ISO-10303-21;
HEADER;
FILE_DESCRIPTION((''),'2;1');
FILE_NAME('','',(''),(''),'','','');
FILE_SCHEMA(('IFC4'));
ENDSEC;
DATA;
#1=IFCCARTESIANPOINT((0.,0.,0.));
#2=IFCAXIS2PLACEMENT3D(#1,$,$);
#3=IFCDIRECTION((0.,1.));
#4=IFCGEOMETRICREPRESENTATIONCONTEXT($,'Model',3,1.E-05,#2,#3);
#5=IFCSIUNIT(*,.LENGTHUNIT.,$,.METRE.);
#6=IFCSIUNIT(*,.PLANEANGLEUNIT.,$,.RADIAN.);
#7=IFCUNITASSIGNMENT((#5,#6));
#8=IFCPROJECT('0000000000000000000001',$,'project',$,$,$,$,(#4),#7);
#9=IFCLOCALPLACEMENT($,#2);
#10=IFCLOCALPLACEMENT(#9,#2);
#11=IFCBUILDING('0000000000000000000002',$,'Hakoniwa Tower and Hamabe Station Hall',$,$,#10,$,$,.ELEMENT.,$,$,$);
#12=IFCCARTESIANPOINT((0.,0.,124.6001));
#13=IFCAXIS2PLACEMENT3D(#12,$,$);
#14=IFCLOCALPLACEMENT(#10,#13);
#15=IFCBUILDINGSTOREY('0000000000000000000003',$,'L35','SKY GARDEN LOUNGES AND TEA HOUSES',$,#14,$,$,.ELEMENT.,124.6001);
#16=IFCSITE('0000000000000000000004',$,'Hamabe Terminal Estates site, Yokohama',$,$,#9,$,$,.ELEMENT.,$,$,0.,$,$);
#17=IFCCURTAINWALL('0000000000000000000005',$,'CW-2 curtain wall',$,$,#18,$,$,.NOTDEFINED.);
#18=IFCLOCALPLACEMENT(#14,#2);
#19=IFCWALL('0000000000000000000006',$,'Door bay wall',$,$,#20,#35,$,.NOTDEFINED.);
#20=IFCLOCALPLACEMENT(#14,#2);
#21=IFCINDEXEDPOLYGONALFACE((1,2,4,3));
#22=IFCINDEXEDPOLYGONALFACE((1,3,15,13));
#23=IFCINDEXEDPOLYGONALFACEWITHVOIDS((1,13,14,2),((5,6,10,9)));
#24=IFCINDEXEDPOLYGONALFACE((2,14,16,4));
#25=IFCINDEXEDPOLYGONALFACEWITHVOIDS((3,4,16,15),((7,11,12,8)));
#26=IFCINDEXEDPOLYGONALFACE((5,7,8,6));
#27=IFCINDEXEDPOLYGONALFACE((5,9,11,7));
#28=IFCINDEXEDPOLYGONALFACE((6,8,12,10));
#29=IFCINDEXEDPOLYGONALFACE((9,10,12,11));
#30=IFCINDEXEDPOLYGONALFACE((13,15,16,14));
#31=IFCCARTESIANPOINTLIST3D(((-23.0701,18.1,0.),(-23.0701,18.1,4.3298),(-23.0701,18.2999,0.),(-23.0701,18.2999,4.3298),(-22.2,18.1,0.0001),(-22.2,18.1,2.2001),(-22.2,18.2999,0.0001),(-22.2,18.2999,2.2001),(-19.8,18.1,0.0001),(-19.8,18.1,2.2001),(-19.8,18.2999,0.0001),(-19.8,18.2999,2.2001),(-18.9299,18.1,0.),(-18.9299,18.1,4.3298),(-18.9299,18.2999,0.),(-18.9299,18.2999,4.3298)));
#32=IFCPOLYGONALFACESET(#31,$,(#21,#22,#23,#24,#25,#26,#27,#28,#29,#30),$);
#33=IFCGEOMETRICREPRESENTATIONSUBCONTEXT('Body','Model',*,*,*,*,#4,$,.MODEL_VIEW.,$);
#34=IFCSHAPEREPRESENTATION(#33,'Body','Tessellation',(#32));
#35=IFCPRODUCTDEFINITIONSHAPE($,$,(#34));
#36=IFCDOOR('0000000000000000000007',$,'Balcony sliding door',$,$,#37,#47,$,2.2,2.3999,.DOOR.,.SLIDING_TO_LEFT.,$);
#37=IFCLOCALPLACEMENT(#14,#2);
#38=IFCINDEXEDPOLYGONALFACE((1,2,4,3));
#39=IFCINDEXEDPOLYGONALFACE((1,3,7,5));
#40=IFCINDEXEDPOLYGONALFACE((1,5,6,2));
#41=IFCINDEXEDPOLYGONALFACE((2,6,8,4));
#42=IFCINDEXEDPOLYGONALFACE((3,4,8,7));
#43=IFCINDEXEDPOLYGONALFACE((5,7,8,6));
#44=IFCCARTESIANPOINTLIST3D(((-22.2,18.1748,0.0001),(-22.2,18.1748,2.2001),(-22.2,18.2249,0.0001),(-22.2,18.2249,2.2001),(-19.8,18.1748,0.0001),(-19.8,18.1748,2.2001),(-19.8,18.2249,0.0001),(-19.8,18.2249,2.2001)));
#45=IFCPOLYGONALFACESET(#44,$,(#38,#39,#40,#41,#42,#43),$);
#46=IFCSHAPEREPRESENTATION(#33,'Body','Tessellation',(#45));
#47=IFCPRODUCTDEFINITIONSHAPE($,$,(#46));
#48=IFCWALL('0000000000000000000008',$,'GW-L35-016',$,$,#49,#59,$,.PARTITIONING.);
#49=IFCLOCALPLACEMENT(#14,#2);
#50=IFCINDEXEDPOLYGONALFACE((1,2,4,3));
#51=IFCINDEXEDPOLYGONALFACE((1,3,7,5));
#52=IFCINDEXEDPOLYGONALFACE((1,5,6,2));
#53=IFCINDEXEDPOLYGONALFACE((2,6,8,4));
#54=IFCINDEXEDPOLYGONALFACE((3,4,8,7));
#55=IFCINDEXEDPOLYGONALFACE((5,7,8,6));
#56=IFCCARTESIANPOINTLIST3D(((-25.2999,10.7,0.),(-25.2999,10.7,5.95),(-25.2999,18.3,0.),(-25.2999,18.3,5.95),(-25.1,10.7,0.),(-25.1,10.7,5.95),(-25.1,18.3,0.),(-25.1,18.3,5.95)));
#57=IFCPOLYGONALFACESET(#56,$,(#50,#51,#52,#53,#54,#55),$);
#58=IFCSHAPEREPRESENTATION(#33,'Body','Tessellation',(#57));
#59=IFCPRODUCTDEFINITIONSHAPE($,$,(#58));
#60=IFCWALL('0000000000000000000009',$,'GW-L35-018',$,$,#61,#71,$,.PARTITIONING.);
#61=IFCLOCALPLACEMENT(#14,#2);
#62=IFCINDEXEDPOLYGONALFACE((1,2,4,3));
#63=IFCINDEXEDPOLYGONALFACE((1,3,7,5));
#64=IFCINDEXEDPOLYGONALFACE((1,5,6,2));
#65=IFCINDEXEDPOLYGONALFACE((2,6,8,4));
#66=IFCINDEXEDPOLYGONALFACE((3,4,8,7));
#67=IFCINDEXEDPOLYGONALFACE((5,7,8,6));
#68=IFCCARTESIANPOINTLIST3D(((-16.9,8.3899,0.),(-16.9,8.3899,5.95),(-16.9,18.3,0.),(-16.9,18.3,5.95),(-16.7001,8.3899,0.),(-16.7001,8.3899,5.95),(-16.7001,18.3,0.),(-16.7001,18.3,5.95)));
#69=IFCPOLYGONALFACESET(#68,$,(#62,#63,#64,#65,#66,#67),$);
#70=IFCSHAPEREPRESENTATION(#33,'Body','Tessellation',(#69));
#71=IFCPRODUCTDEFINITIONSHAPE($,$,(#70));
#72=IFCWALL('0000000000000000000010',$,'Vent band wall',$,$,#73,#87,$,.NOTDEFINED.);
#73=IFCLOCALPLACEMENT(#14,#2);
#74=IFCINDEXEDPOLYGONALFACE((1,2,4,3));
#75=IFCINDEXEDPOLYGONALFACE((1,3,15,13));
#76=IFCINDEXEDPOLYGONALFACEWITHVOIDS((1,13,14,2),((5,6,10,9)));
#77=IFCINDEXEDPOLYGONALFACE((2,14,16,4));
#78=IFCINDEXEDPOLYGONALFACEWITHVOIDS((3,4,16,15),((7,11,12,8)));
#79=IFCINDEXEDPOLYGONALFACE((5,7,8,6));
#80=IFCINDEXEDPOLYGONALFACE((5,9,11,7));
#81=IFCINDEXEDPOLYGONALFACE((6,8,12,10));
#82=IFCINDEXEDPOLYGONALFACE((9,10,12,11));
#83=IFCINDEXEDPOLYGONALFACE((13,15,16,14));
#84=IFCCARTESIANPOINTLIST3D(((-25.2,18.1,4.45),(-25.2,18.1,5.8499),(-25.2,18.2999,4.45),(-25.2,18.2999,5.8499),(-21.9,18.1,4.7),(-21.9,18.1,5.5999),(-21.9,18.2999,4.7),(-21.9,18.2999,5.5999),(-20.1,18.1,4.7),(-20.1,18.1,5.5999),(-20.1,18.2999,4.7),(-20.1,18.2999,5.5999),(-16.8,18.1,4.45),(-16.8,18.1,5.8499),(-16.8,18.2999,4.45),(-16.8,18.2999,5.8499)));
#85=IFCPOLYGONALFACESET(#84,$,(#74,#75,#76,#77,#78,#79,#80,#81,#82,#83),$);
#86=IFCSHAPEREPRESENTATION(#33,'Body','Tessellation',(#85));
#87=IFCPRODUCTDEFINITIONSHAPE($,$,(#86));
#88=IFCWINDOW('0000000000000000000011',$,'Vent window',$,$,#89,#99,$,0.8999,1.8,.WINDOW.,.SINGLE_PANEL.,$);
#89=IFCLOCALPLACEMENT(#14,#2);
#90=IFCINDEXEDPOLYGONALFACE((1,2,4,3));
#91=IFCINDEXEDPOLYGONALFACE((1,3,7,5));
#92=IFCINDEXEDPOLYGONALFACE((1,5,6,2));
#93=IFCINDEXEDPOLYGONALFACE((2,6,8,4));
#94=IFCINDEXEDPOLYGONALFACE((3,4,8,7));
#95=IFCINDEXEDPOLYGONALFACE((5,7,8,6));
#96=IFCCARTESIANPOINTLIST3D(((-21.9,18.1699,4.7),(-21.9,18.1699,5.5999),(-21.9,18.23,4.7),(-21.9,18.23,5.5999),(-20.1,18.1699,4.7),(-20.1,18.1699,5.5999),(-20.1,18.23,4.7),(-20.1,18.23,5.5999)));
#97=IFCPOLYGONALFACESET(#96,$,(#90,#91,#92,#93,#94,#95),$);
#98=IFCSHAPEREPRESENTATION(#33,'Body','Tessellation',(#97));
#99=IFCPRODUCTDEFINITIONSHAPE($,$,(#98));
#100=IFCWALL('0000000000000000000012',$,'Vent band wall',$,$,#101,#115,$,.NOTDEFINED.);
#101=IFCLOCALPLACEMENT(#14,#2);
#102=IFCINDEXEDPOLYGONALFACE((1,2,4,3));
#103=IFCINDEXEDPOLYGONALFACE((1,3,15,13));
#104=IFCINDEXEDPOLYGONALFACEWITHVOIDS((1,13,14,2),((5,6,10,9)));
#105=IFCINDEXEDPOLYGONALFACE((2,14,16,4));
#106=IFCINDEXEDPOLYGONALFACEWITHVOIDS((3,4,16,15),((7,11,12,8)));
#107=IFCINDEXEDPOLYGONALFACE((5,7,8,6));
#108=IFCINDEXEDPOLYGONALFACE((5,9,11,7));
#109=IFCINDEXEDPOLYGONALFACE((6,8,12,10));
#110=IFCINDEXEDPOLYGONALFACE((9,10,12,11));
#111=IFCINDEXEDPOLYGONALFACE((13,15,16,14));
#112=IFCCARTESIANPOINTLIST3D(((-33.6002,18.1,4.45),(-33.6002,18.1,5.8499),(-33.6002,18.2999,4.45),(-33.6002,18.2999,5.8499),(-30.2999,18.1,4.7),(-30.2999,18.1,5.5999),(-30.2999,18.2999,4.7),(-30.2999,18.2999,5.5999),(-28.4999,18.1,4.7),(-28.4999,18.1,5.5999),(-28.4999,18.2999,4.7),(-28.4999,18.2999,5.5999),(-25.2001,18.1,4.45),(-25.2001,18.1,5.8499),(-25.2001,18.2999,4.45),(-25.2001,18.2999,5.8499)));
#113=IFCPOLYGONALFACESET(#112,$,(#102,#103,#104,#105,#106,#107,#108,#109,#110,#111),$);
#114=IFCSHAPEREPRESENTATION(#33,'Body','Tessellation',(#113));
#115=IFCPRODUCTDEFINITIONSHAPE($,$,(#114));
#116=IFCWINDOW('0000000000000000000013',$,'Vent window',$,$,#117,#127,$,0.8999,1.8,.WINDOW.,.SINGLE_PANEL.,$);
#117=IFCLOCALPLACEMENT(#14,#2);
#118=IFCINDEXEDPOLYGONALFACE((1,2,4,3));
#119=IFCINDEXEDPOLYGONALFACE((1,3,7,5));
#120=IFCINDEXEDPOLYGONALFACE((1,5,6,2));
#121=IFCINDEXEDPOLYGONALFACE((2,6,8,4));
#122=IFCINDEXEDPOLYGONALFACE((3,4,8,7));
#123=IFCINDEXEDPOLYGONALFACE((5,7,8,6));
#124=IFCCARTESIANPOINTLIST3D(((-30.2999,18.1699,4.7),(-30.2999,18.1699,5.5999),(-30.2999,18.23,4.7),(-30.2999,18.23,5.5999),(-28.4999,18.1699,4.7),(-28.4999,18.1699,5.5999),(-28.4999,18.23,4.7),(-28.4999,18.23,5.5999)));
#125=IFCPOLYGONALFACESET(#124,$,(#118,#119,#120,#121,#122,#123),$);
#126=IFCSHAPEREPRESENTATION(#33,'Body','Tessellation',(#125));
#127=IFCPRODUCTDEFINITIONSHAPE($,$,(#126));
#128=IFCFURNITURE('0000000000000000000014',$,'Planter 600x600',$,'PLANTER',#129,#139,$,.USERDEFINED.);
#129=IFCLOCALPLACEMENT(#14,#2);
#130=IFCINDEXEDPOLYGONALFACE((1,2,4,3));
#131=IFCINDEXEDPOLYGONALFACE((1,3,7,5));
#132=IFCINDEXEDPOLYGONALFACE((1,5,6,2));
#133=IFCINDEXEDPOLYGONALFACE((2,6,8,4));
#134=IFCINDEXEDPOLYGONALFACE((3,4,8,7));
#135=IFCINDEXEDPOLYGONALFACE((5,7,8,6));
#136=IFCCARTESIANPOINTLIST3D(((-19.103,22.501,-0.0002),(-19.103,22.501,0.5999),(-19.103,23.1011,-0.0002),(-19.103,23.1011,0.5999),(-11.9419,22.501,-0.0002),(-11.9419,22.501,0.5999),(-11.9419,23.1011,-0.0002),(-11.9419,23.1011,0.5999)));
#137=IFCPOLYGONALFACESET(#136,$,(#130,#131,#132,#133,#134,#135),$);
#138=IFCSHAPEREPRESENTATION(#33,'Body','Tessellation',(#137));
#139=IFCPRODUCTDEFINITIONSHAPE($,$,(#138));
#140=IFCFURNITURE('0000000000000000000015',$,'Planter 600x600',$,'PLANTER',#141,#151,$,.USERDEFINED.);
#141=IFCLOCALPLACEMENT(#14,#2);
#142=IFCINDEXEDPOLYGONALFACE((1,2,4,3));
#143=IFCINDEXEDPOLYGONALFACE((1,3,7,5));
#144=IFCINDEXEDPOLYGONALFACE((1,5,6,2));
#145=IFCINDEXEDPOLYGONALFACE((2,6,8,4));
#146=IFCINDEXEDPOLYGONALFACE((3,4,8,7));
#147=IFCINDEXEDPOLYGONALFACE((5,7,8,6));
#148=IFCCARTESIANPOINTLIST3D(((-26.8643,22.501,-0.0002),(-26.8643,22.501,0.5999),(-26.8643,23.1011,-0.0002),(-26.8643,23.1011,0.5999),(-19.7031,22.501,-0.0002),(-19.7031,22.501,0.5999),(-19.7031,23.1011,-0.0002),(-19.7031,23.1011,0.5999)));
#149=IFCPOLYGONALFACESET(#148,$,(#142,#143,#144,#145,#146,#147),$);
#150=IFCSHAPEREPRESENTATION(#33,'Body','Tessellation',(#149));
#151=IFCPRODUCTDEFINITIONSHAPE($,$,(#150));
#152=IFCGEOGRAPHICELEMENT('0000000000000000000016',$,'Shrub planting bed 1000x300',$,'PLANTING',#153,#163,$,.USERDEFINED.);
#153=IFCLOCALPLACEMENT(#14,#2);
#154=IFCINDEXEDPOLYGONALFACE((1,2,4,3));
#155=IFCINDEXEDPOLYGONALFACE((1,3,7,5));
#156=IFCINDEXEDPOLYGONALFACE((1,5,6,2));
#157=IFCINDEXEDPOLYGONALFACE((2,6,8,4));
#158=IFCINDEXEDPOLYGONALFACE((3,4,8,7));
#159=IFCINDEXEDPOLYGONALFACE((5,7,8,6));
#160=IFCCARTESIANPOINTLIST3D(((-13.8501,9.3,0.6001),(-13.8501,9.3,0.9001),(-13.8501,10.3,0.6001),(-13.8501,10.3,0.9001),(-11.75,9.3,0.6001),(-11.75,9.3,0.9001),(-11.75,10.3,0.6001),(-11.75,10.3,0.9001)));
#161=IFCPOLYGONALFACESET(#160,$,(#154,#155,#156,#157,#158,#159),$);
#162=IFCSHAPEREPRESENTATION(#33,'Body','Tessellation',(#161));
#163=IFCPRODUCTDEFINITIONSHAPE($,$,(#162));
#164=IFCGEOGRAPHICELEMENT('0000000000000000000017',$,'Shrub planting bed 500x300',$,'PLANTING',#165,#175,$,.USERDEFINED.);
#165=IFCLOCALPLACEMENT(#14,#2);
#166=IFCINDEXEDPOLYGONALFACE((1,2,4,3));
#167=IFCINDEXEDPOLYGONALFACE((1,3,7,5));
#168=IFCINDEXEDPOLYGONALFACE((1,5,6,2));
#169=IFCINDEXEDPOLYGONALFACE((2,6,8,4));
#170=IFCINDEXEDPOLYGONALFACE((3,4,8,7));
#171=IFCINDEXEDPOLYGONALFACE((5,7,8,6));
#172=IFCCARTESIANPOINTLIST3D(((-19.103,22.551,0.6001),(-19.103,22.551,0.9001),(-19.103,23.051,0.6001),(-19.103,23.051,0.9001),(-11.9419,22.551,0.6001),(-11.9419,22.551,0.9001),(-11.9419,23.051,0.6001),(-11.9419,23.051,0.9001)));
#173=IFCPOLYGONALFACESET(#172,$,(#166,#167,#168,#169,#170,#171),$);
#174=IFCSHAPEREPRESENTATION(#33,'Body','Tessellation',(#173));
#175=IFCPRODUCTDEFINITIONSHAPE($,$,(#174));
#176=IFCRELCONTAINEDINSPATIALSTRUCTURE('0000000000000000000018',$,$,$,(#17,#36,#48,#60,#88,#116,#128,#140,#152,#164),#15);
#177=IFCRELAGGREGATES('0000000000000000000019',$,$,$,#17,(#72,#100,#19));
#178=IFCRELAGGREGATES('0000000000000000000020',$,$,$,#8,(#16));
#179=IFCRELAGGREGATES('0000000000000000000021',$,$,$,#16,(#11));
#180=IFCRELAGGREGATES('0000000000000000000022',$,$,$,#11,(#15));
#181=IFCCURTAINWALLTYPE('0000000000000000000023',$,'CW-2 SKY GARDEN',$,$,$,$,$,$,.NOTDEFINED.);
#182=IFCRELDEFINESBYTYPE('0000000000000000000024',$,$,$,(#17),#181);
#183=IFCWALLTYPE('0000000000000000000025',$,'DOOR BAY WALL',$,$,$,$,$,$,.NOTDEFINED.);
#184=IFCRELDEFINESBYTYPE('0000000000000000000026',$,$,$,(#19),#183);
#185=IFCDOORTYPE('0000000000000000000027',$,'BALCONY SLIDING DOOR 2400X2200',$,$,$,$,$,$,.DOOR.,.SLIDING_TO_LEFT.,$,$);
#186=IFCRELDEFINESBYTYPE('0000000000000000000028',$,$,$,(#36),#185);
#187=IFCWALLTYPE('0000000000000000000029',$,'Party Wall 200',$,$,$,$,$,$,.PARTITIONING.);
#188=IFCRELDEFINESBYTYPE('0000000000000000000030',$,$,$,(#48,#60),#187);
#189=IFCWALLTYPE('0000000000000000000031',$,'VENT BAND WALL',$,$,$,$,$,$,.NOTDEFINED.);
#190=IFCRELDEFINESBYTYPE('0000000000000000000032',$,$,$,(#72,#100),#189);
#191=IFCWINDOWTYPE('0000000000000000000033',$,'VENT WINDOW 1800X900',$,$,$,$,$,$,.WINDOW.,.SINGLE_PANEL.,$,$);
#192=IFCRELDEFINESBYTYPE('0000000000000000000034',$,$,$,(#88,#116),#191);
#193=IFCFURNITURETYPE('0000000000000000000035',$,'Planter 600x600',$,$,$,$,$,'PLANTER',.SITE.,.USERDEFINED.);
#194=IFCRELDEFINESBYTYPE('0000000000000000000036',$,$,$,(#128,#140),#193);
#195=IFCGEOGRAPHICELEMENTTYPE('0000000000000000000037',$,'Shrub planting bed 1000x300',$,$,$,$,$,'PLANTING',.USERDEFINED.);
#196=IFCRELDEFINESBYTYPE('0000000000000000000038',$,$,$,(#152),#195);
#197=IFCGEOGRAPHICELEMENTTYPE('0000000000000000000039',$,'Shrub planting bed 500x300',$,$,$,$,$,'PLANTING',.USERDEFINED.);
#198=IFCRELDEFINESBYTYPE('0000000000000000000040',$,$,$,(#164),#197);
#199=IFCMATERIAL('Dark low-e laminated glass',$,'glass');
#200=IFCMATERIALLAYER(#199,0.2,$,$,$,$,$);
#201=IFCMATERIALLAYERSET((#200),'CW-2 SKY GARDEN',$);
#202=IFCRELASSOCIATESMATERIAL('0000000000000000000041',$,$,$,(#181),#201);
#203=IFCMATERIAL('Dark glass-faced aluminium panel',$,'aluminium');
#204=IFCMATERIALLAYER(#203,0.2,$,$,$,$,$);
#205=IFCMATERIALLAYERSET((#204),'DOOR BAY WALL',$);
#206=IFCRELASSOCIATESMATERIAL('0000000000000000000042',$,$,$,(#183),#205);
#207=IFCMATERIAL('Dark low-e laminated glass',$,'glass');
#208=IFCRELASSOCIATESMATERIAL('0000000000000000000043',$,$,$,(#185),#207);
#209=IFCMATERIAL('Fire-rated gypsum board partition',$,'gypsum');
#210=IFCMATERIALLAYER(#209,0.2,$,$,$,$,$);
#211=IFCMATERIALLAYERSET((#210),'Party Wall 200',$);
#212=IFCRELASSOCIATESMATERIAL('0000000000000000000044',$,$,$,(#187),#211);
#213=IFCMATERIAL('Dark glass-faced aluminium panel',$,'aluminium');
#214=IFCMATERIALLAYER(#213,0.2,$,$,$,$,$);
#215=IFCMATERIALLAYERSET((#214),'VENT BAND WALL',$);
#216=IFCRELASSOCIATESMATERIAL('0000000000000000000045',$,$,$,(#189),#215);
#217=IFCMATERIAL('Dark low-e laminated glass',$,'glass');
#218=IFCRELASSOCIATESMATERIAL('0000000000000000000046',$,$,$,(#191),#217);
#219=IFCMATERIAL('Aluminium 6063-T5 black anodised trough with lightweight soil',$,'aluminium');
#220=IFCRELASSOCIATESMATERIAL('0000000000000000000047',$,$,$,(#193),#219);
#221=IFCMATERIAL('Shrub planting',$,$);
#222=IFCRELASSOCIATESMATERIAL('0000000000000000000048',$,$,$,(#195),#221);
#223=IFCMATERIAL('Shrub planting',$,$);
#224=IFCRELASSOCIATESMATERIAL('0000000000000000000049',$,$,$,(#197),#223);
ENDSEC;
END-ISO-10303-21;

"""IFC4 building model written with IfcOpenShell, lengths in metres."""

from ifc_helpers import new_model, si_unit, direction, frame, frame_2d, origin, origin_2d, place, context, subcontext, project, spatial, rectangle, extrude, material, layer, layer_set, type_object, element, fill, aggregate, save


model = new_model("IFC4")

# Units and contexts
model_context = context("Model", 3, precision=1e-05, world=origin(), true_north=direction((0.0, 1.0)))
body_context = subcontext(model_context, "Body", "Model", "MODEL_VIEW")
ifc_project = project(units=[si_unit("LENGTHUNIT", "METRE"), si_unit("PLANEANGLEUNIT", "RADIAN")], contexts=[model_context])

# Site, building, storey
site_placement = place(None, origin())
site = spatial("IfcSite", under=ifc_project, at=site_placement, Name="Hamabe Terminal Estates site, Yokohama", CompositionType="ELEMENT", RefElevation=0.0)
building_placement = place(site_placement, origin())
building = spatial("IfcBuilding", under=site, at=building_placement, Name="Hakoniwa Tower and Hamabe Station Hall", CompositionType="ELEMENT")
storey_placement = place(building_placement, frame((0.0, 0.0, 124.6001)))
storey = spatial("IfcBuildingStorey", under=building, at=storey_placement, Name="L35", Description="SKY GARDEN LOUNGES AND TEA HOUSES", CompositionType="ELEMENT", Elevation=124.6001)

# Curtain wall, wall, opening, door
ifc_material_1 = material(Name="Dark low-e laminated glass", Category="glass")
ifc_layer_1 = layer(ifc_material_1, 0.2)
ifc_layer_set_1 = layer_set([ifc_layer_1], Name="CW-2 SKY GARDEN")
curtain_wall_type = type_object("IfcCurtainWallType", Name="CW-2 SKY GARDEN", PredefinedType="NOTDEFINED", material=ifc_layer_set_1)
curtain_wall_placement = place(storey_placement, origin())
curtain_wall = element("IfcCurtainWall", 1, at=curtain_wall_placement, inside=storey, type_object=curtain_wall_type, Name="CW-2 curtain wall", PredefinedType="NOTDEFINED")
ifc_material_2 = material(Name="Dark glass-faced aluminium panel", Category="aluminium")
ifc_layer_2 = layer(ifc_material_2, 0.2)
ifc_layer_set_2 = layer_set([ifc_layer_2], Name="DOOR BAY WALL")
wall_type_1 = type_object("IfcWallType", Name="DOOR BAY WALL", PredefinedType="NOTDEFINED", material=ifc_layer_set_2)
wall_1_placement = place(storey_placement, frame((-18.9299, 18.2, 0.0), z_axis=(0.0, 0.0, 1.0), x_axis=(-1.0, 0.0, 0.0)))
wall_1 = element("IfcWall", 2, at=wall_1_placement, type_object=wall_type_1, Name="Door bay wall", PredefinedType="NOTDEFINED", context=body_context, shape_type="SweptSolid", body=[
    extrude(rectangle(XDim=4.1401, YDim=0.2, at=frame_2d((2.0701, 0.0))), origin(), (0.0, 0.0, 1.0), 4.3298),
])
opening_1_placement = place(wall_1_placement, frame((0.8701, 0.0, 0.0)))
opening_1 = element("IfcOpeningElement", 3, at=opening_1_placement, cuts=wall_1, PredefinedType="OPENING", context=body_context, shape_type="SweptSolid", body=[
    extrude(rectangle(XDim=2.3999, YDim=2.2, at=frame_2d((1.2, 1.1001))), frame((0.0, 0.1099, 0.0), z_axis=(0.0, -1.0, 0.0), x_axis=(1.0, 0.0, 0.0)), (0.0, 0.0, 1.0), 0.22),
])
ifc_material_3 = material(Name="Dark low-e laminated glass", Category="glass")
door_type = type_object("IfcDoorType", Name="BALCONY SLIDING DOOR 2400X2200", OperationType="SLIDING_TO_LEFT", PredefinedType="DOOR", material=ifc_material_3)
door_placement = place(opening_1_placement, frame((2.3999, 0.0, 0.0), z_axis=(0.0, 0.0, 1.0), x_axis=(-1.0, 0.0, 0.0)))
door = element("IfcDoor", 4, at=door_placement, inside=storey, type_object=door_type, Name="Balcony sliding door", OperationType="SLIDING_TO_LEFT", OverallHeight=2.2, OverallWidth=2.3999, PredefinedType="DOOR", context=body_context, shape_type="SweptSolid", body=[
    extrude(rectangle(XDim=2.3999, YDim=2.2, at=frame_2d((1.2, 1.1001))), frame((0.0, 0.0249, 0.0), z_axis=(0.0, -1.0, 0.0), x_axis=(1.0, 0.0, 0.0)), (0.0, 0.0, 1.0), 0.05),
])
fill(opening_1, door)

# Walls
ifc_material_4 = material(Name="Fire-rated gypsum board partition", Category="gypsum")
ifc_layer_3 = layer(ifc_material_4, 0.2)
ifc_layer_set_3 = layer_set([ifc_layer_3], Name="Party Wall 200")
wall_type_2 = type_object("IfcWallType", Name="Party Wall 200", PredefinedType="PARTITIONING", material=ifc_layer_set_3)
wall_2_placement = place(storey_placement, frame((-25.2, 10.7, 0.0), z_axis=(0.0, 0.0, 1.0), x_axis=(0.0, 1.0, 0.0)))
element("IfcWall", 5, at=wall_2_placement, inside=storey, type_object=wall_type_2, Name="GW-L35-016", PredefinedType="PARTITIONING", context=body_context, shape_type="SweptSolid", body=[
    extrude(rectangle(XDim=7.6001, YDim=0.2, at=frame_2d((3.8, 0.0))), origin(), (0.0, 0.0, 1.0), 5.95),
])
wall_3_placement = place(storey_placement, frame((-16.8, 8.3899, 0.0), z_axis=(0.0, 0.0, 1.0), x_axis=(0.0, 1.0, 0.0)))
element("IfcWall", 6, at=wall_3_placement, inside=storey, type_object=wall_type_2, Name="GW-L35-018", PredefinedType="PARTITIONING", context=body_context, shape_type="SweptSolid", body=[
    extrude(rectangle(XDim=9.9102, YDim=0.2, at=frame_2d((4.9551, 0.0))), origin(), (0.0, 0.0, 1.0), 5.95),
])

# Walls, openings, windows
ifc_material_5 = material(Name="Dark glass-faced aluminium panel", Category="aluminium")
ifc_layer_4 = layer(ifc_material_5, 0.2)
ifc_layer_set_4 = layer_set([ifc_layer_4], Name="VENT BAND WALL")
wall_type_3 = type_object("IfcWallType", Name="VENT BAND WALL", PredefinedType="NOTDEFINED", material=ifc_layer_set_4)
wall_4_placement = place(storey_placement, frame((-16.8, 18.2, 4.45), z_axis=(0.0, 0.0, 1.0), x_axis=(-1.0, 0.0, 0.0)))
wall_4 = element("IfcWall", 7, at=wall_4_placement, type_object=wall_type_3, Name="Vent band wall", PredefinedType="NOTDEFINED", context=body_context, shape_type="SweptSolid", body=[
    extrude(rectangle(XDim=8.3999, YDim=0.2, at=frame_2d((4.2, 0.0))), origin(), (0.0, 0.0, 1.0), 1.3999),
])
opening_2_placement = place(wall_4_placement, frame((3.3, 0.0, 0.25)))
opening_2 = element("IfcOpeningElement", 8, at=opening_2_placement, cuts=wall_4, PredefinedType="OPENING", context=body_context, shape_type="SweptSolid", body=[
    extrude(rectangle(XDim=1.8, YDim=0.8999, at=frame_2d((0.8999, 0.45))), frame((0.0, 0.1099, 0.0), z_axis=(0.0, -1.0, 0.0), x_axis=(1.0, 0.0, 0.0)), (0.0, 0.0, 1.0), 0.22),
])
ifc_material_6 = material(Name="Dark low-e laminated glass", Category="glass")
window_type = type_object("IfcWindowType", Name="VENT WINDOW 1800X900", PartitioningType="SINGLE_PANEL", PredefinedType="WINDOW", material=ifc_material_6)
window_1_placement = place(opening_2_placement, origin())
window_1 = element("IfcWindow", 9, at=window_1_placement, inside=storey, type_object=window_type, Name="Vent window", OverallHeight=0.8999, OverallWidth=1.8, PartitioningType="SINGLE_PANEL", PredefinedType="WINDOW", context=body_context, shape_type="SweptSolid", body=[
    extrude(rectangle(XDim=1.8, YDim=0.8999, at=frame_2d((0.8999, 0.45))), frame((0.0, 0.03, 0.0), z_axis=(0.0, -1.0, 0.0), x_axis=(1.0, 0.0, 0.0)), (0.0, 0.0, 1.0), 0.0601),
])
fill(opening_2, window_1)
wall_5_placement = place(storey_placement, frame((-25.2, 18.2, 4.45), z_axis=(0.0, 0.0, 1.0), x_axis=(-1.0, 0.0, 0.0)))
wall_5 = element("IfcWall", 10, at=wall_5_placement, type_object=wall_type_3, Name="Vent band wall", PredefinedType="NOTDEFINED", context=body_context, shape_type="SweptSolid", body=[
    extrude(rectangle(XDim=8.4001, YDim=0.2, at=frame_2d((4.2002, 0.0))), origin(), (0.0, 0.0, 1.0), 1.3999),
])
opening_3_placement = place(wall_5_placement, frame((3.3, 0.0, 0.25)))
opening_3 = element("IfcOpeningElement", 11, at=opening_3_placement, cuts=wall_5, PredefinedType="OPENING", context=body_context, shape_type="SweptSolid", body=[
    extrude(rectangle(XDim=1.8, YDim=0.8999, at=frame_2d((0.8999, 0.45))), frame((0.0, 0.1099, 0.0), z_axis=(0.0, -1.0, 0.0), x_axis=(1.0, 0.0, 0.0)), (0.0, 0.0, 1.0), 0.22),
])
window_2_placement = place(opening_3_placement, origin())
window_2 = element("IfcWindow", 12, at=window_2_placement, inside=storey, type_object=window_type, Name="Vent window", OverallHeight=0.8999, OverallWidth=1.8, PartitioningType="SINGLE_PANEL", PredefinedType="WINDOW", context=body_context, shape_type="SweptSolid", body=[
    extrude(rectangle(XDim=1.8, YDim=0.8999, at=frame_2d((0.8999, 0.45))), frame((0.0, 0.03, 0.0), z_axis=(0.0, -1.0, 0.0), x_axis=(1.0, 0.0, 0.0)), (0.0, 0.0, 1.0), 0.0601),
])
fill(opening_3, window_2)
aggregate(curtain_wall, [wall_4, wall_5, wall_1])

# Furniture
ifc_material_7 = material(Name="Aluminium 6063-T5 black anodised trough with lightweight soil", Category="aluminium")
furniture_type = type_object("IfcFurnitureType", Name="Planter 600x600", ElementType="PLANTER", AssemblyPlace="SITE", PredefinedType="USERDEFINED", material=ifc_material_7)
for number, where, z_axis, x_axis, name in (
    (13, (-15.5225, 22.801, -0.0002), (0.0, 0.0, 1.0), (-1.0, 0.0, 0.0), "Planter 600x600"),
    (14, (-23.2837, 22.801, -0.0002), (0.0, 0.0, 1.0), (-1.0, 0.0, 0.0), "Planter 600x600"),
):
    element("IfcFurniture", number, at=place(storey_placement, frame(where, z_axis=z_axis, x_axis=x_axis)), inside=storey, type_object=furniture_type, Name=name, ObjectType="PLANTER", PredefinedType="USERDEFINED", context=body_context, shape_type="SweptSolid", body=[
        extrude(rectangle(XDim=7.1611, YDim=0.6001, at=origin_2d()), origin(), (0.0, 0.0, 1.0), 0.6001),
    ])

# Geographic elements
ifc_material_8 = material(Name="Shrub planting")
geographic_element_type_1 = type_object("IfcGeographicElementType", Name="Shrub planting bed 1000x300", ElementType="PLANTING", PredefinedType="USERDEFINED", material=ifc_material_8)
geographic_element_placement = place(storey_placement, frame((-12.8, 9.8, 0.6001), z_axis=(0.0, 0.0, 1.0), x_axis=(1.0, 0.0, 0.0)))
element("IfcGeographicElement", 15, at=geographic_element_placement, inside=storey, type_object=geographic_element_type_1, Name="Shrub planting bed 1000x300", ObjectType="PLANTING", PredefinedType="USERDEFINED", context=body_context, shape_type="SweptSolid", body=[
    extrude(rectangle(XDim=2.1001, YDim=1.0, at=origin_2d()), origin(), (0.0, 0.0, 1.0), 0.3),
])
ifc_material_9 = material(Name="Shrub planting")
geographic_element_type_2 = type_object("IfcGeographicElementType", Name="Shrub planting bed 500x300", ElementType="PLANTING", PredefinedType="USERDEFINED", material=ifc_material_9)
for number, where, z_axis, x_axis, name in (
    (16, (-15.5225, 22.801, 0.6001), (0.0, 0.0, 1.0), (-1.0, 0.0, 0.0), "Shrub planting bed 500x300"),
):
    element("IfcGeographicElement", number, at=place(storey_placement, frame(where, z_axis=z_axis, x_axis=x_axis)), inside=storey, type_object=geographic_element_type_2, Name=name, ObjectType="PLANTING", PredefinedType="USERDEFINED", context=body_context, shape_type="SweptSolid", body=[
        extrude(rectangle(XDim=7.1611, YDim=0.5, at=origin_2d()), origin(), (0.0, 0.0, 1.0), 0.3),
    ])

save(model, "model.ifc")
